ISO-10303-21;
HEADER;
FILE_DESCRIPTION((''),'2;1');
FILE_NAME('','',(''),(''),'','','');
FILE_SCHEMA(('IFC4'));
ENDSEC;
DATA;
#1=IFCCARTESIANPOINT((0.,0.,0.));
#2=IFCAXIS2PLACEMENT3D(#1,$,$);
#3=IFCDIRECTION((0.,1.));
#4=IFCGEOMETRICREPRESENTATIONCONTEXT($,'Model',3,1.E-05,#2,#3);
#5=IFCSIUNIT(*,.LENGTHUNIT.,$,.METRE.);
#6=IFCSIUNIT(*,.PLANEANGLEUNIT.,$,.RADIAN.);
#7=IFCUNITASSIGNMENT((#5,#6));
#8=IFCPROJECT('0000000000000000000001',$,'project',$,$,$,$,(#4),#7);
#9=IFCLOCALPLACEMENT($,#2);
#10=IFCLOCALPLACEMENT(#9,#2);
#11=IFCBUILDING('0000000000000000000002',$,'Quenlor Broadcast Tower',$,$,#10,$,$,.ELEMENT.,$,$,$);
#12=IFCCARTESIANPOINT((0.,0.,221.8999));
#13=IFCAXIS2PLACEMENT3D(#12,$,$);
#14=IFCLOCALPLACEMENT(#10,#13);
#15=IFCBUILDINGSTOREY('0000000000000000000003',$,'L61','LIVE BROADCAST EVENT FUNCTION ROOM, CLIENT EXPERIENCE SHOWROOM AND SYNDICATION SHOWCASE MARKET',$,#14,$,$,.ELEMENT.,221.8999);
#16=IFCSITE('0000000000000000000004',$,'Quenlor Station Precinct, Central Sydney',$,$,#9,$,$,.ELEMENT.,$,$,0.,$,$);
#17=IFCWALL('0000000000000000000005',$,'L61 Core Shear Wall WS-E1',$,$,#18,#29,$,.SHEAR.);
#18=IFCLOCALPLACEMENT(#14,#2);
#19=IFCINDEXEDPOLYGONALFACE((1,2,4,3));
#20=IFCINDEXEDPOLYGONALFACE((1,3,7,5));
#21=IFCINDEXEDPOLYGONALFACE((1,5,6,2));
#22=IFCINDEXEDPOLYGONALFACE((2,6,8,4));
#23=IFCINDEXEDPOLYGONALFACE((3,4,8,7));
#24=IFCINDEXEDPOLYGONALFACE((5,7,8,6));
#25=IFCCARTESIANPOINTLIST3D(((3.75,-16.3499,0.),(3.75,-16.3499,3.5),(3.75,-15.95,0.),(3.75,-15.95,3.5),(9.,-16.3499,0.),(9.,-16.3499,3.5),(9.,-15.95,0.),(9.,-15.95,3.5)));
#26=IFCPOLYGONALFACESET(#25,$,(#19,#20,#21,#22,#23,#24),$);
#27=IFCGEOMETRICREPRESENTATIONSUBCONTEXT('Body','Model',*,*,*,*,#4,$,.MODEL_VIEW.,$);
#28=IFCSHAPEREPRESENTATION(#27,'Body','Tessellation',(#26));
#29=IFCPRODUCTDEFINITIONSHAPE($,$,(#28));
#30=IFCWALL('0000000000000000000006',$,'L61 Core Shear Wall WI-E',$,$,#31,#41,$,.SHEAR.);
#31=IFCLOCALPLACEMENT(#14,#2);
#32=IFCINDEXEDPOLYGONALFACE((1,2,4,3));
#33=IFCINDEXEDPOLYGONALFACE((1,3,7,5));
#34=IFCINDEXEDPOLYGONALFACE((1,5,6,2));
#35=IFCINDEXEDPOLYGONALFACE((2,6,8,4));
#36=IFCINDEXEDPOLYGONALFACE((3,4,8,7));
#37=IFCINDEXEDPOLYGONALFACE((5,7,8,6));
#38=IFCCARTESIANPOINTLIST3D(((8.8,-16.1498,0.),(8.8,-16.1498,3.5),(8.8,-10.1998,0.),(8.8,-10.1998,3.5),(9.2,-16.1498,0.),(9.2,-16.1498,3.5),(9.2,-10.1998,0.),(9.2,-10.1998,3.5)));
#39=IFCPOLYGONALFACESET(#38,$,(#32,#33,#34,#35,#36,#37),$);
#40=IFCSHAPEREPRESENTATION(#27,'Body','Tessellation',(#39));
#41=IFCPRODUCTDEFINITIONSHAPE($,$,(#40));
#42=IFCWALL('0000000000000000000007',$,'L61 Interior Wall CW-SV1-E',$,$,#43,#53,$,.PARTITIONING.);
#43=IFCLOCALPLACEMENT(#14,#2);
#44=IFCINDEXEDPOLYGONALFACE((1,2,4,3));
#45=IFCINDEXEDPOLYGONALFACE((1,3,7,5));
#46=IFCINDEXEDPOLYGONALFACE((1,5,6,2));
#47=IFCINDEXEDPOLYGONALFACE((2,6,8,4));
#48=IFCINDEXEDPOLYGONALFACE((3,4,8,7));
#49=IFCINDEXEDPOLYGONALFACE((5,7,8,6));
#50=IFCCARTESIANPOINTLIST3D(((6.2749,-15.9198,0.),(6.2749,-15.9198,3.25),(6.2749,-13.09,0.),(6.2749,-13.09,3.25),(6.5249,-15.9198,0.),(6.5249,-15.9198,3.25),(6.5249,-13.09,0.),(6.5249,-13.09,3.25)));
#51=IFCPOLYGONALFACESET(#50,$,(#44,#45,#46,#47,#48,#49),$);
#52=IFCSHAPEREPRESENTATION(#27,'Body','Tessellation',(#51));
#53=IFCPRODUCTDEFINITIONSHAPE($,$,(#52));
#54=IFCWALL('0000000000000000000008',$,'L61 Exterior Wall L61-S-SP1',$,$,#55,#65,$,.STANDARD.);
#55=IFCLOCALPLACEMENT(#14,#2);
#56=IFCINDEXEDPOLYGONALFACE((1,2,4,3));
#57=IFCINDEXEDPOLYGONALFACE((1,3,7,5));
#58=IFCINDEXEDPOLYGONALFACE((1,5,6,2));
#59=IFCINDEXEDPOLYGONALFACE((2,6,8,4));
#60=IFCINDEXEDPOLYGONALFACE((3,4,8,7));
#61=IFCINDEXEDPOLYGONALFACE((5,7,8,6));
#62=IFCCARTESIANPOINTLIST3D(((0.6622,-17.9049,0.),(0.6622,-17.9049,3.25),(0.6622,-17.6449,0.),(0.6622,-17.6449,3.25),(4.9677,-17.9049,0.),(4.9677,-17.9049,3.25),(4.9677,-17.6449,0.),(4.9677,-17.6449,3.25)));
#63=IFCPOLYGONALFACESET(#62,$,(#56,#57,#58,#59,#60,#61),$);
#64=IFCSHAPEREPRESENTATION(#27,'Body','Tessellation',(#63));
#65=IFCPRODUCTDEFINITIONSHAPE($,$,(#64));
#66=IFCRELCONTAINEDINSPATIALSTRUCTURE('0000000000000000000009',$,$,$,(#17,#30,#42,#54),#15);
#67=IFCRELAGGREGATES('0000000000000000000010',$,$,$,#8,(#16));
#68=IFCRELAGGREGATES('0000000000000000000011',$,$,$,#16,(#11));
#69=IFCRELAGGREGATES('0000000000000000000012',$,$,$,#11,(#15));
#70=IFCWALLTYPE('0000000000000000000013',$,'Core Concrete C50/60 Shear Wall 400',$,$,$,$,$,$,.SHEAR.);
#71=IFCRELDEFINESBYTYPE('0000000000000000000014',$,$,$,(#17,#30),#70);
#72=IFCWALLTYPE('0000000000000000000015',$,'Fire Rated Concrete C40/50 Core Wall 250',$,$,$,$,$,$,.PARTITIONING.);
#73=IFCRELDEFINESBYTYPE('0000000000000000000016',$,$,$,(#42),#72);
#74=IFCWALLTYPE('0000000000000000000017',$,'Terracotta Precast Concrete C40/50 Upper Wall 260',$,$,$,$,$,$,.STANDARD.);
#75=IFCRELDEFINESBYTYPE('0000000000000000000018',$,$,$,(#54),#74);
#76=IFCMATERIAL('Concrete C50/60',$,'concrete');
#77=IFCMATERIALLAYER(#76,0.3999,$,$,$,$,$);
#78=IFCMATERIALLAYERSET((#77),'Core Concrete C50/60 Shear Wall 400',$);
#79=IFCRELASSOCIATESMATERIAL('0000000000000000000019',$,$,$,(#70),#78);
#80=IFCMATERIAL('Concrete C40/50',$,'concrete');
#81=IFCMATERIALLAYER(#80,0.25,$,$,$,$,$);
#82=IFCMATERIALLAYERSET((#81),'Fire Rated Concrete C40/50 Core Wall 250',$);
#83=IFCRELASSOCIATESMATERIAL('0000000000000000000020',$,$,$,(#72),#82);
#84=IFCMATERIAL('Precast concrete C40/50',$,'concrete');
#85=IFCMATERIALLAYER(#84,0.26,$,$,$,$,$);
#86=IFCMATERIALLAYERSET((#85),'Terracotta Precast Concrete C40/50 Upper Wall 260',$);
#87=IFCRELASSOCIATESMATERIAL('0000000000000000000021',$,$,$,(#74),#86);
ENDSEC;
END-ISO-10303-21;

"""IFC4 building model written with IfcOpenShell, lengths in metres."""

from ifc_helpers import new_model, si_unit, direction, frame, frame_2d, origin, place, context, subcontext, project, spatial, rectangle, extrude, material, layer, layer_set, type_object, element, save


model = new_model("IFC4")

# Units and contexts
model_context = context("Model", 3, precision=1e-05, world=origin(), true_north=direction((0.0, 1.0)))
body_context = subcontext(model_context, "Body", "Model", "MODEL_VIEW")
ifc_project = project(units=[si_unit("LENGTHUNIT", "METRE"), si_unit("PLANEANGLEUNIT", "RADIAN")], contexts=[model_context])

# Site, building, storey
site_placement = place(None, origin())
site = spatial("IfcSite", under=ifc_project, at=site_placement, Name="Quenlor Station Precinct, Central Sydney", CompositionType="ELEMENT", RefElevation=0.0)
building_placement = place(site_placement, origin())
building = spatial("IfcBuilding", under=site, at=building_placement, Name="Quenlor Broadcast Tower", CompositionType="ELEMENT")
storey_placement = place(building_placement, frame((0.0, 0.0, 221.8999)))
storey = spatial("IfcBuildingStorey", under=building, at=storey_placement, Name="L61", Description="LIVE BROADCAST EVENT FUNCTION ROOM, CLIENT EXPERIENCE SHOWROOM AND SYNDICATION SHOWCASE MARKET", CompositionType="ELEMENT", Elevation=221.8999)

# Walls
ifc_material_1 = material(Name="Concrete C50/60", Category="concrete")
ifc_layer_1 = layer(ifc_material_1, 0.3999)
ifc_layer_set_1 = layer_set([ifc_layer_1], Name="Core Concrete C50/60 Shear Wall 400")
wall_type_1 = type_object("IfcWallType", Name="Core Concrete C50/60 Shear Wall 400", PredefinedType="SHEAR", material=ifc_layer_set_1)
wall_1_placement = place(storey_placement, frame((3.75, -16.1499, 0.0), z_axis=(0.0, 0.0, 1.0), x_axis=(1.0, 0.0, 0.0)))
element("IfcWall", 1, at=wall_1_placement, inside=storey, type_object=wall_type_1, Name="L61 Core Shear Wall WS-E1", PredefinedType="SHEAR", context=body_context, shape_type="SweptSolid", body=[
    extrude(rectangle(XDim=5.25, YDim=0.3999, at=frame_2d((2.625, 0.0))), origin(), (0.0, 0.0, 1.0), 3.5),
])
wall_2_placement = place(storey_placement, frame((9.0, -16.1499, 0.0), z_axis=(0.0, 0.0, 1.0), x_axis=(0.0, 1.0, 0.0)))
element("IfcWall", 2, at=wall_2_placement, inside=storey, type_object=wall_type_1, Name="L61 Core Shear Wall WI-E", PredefinedType="SHEAR", context=body_context, shape_type="SweptSolid", body=[
    extrude(rectangle(XDim=5.95, YDim=0.3999, at=frame_2d((2.9751, 0.0))), origin(), (0.0, 0.0, 1.0), 3.5),
])
ifc_material_2 = material(Name="Concrete C40/50", Category="concrete")
ifc_layer_2 = layer(ifc_material_2, 0.25)
ifc_layer_set_2 = layer_set([ifc_layer_2], Name="Fire Rated Concrete C40/50 Core Wall 250")
wall_type_2 = type_object("IfcWallType", Name="Fire Rated Concrete C40/50 Core Wall 250", PredefinedType="PARTITIONING", material=ifc_layer_set_2)
wall_3_placement = place(storey_placement, frame((6.3999, -15.9199, 0.0), z_axis=(0.0, 0.0, 1.0), x_axis=(0.0, 1.0, 0.0)))
element("IfcWall", 3, at=wall_3_placement, inside=storey, type_object=wall_type_2, Name="L61 Interior Wall CW-SV1-E", PredefinedType="PARTITIONING", context=body_context, shape_type="SweptSolid", body=[
    extrude(rectangle(XDim=2.8298, YDim=0.25, at=frame_2d((1.415, 0.0))), origin(), (0.0, 0.0, 1.0), 3.25),
])
ifc_material_3 = material(Name="Precast concrete C40/50", Category="concrete")
ifc_layer_3 = layer(ifc_material_3, 0.26)
ifc_layer_set_3 = layer_set([ifc_layer_3], Name="Terracotta Precast Concrete C40/50 Upper Wall 260")
wall_type_3 = type_object("IfcWallType", Name="Terracotta Precast Concrete C40/50 Upper Wall 260", PredefinedType="STANDARD", material=ifc_layer_set_3)
wall_4_placement = place(storey_placement, frame((4.9678, -17.7749, 0.0), z_axis=(0.0, 0.0, 1.0), x_axis=(-1.0, 0.0, 0.0)))
element("IfcWall", 4, at=wall_4_placement, inside=storey, type_object=wall_type_3, Name="L61 Exterior Wall L61-S-SP1", PredefinedType="STANDARD", context=body_context, shape_type="SweptSolid", body=[
    extrude(rectangle(XDim=4.3054, YDim=0.26, at=frame_2d((2.1528, 0.0))), origin(), (0.0, 0.0, 1.0), 3.25),
])

save(model, "model.ifc")
